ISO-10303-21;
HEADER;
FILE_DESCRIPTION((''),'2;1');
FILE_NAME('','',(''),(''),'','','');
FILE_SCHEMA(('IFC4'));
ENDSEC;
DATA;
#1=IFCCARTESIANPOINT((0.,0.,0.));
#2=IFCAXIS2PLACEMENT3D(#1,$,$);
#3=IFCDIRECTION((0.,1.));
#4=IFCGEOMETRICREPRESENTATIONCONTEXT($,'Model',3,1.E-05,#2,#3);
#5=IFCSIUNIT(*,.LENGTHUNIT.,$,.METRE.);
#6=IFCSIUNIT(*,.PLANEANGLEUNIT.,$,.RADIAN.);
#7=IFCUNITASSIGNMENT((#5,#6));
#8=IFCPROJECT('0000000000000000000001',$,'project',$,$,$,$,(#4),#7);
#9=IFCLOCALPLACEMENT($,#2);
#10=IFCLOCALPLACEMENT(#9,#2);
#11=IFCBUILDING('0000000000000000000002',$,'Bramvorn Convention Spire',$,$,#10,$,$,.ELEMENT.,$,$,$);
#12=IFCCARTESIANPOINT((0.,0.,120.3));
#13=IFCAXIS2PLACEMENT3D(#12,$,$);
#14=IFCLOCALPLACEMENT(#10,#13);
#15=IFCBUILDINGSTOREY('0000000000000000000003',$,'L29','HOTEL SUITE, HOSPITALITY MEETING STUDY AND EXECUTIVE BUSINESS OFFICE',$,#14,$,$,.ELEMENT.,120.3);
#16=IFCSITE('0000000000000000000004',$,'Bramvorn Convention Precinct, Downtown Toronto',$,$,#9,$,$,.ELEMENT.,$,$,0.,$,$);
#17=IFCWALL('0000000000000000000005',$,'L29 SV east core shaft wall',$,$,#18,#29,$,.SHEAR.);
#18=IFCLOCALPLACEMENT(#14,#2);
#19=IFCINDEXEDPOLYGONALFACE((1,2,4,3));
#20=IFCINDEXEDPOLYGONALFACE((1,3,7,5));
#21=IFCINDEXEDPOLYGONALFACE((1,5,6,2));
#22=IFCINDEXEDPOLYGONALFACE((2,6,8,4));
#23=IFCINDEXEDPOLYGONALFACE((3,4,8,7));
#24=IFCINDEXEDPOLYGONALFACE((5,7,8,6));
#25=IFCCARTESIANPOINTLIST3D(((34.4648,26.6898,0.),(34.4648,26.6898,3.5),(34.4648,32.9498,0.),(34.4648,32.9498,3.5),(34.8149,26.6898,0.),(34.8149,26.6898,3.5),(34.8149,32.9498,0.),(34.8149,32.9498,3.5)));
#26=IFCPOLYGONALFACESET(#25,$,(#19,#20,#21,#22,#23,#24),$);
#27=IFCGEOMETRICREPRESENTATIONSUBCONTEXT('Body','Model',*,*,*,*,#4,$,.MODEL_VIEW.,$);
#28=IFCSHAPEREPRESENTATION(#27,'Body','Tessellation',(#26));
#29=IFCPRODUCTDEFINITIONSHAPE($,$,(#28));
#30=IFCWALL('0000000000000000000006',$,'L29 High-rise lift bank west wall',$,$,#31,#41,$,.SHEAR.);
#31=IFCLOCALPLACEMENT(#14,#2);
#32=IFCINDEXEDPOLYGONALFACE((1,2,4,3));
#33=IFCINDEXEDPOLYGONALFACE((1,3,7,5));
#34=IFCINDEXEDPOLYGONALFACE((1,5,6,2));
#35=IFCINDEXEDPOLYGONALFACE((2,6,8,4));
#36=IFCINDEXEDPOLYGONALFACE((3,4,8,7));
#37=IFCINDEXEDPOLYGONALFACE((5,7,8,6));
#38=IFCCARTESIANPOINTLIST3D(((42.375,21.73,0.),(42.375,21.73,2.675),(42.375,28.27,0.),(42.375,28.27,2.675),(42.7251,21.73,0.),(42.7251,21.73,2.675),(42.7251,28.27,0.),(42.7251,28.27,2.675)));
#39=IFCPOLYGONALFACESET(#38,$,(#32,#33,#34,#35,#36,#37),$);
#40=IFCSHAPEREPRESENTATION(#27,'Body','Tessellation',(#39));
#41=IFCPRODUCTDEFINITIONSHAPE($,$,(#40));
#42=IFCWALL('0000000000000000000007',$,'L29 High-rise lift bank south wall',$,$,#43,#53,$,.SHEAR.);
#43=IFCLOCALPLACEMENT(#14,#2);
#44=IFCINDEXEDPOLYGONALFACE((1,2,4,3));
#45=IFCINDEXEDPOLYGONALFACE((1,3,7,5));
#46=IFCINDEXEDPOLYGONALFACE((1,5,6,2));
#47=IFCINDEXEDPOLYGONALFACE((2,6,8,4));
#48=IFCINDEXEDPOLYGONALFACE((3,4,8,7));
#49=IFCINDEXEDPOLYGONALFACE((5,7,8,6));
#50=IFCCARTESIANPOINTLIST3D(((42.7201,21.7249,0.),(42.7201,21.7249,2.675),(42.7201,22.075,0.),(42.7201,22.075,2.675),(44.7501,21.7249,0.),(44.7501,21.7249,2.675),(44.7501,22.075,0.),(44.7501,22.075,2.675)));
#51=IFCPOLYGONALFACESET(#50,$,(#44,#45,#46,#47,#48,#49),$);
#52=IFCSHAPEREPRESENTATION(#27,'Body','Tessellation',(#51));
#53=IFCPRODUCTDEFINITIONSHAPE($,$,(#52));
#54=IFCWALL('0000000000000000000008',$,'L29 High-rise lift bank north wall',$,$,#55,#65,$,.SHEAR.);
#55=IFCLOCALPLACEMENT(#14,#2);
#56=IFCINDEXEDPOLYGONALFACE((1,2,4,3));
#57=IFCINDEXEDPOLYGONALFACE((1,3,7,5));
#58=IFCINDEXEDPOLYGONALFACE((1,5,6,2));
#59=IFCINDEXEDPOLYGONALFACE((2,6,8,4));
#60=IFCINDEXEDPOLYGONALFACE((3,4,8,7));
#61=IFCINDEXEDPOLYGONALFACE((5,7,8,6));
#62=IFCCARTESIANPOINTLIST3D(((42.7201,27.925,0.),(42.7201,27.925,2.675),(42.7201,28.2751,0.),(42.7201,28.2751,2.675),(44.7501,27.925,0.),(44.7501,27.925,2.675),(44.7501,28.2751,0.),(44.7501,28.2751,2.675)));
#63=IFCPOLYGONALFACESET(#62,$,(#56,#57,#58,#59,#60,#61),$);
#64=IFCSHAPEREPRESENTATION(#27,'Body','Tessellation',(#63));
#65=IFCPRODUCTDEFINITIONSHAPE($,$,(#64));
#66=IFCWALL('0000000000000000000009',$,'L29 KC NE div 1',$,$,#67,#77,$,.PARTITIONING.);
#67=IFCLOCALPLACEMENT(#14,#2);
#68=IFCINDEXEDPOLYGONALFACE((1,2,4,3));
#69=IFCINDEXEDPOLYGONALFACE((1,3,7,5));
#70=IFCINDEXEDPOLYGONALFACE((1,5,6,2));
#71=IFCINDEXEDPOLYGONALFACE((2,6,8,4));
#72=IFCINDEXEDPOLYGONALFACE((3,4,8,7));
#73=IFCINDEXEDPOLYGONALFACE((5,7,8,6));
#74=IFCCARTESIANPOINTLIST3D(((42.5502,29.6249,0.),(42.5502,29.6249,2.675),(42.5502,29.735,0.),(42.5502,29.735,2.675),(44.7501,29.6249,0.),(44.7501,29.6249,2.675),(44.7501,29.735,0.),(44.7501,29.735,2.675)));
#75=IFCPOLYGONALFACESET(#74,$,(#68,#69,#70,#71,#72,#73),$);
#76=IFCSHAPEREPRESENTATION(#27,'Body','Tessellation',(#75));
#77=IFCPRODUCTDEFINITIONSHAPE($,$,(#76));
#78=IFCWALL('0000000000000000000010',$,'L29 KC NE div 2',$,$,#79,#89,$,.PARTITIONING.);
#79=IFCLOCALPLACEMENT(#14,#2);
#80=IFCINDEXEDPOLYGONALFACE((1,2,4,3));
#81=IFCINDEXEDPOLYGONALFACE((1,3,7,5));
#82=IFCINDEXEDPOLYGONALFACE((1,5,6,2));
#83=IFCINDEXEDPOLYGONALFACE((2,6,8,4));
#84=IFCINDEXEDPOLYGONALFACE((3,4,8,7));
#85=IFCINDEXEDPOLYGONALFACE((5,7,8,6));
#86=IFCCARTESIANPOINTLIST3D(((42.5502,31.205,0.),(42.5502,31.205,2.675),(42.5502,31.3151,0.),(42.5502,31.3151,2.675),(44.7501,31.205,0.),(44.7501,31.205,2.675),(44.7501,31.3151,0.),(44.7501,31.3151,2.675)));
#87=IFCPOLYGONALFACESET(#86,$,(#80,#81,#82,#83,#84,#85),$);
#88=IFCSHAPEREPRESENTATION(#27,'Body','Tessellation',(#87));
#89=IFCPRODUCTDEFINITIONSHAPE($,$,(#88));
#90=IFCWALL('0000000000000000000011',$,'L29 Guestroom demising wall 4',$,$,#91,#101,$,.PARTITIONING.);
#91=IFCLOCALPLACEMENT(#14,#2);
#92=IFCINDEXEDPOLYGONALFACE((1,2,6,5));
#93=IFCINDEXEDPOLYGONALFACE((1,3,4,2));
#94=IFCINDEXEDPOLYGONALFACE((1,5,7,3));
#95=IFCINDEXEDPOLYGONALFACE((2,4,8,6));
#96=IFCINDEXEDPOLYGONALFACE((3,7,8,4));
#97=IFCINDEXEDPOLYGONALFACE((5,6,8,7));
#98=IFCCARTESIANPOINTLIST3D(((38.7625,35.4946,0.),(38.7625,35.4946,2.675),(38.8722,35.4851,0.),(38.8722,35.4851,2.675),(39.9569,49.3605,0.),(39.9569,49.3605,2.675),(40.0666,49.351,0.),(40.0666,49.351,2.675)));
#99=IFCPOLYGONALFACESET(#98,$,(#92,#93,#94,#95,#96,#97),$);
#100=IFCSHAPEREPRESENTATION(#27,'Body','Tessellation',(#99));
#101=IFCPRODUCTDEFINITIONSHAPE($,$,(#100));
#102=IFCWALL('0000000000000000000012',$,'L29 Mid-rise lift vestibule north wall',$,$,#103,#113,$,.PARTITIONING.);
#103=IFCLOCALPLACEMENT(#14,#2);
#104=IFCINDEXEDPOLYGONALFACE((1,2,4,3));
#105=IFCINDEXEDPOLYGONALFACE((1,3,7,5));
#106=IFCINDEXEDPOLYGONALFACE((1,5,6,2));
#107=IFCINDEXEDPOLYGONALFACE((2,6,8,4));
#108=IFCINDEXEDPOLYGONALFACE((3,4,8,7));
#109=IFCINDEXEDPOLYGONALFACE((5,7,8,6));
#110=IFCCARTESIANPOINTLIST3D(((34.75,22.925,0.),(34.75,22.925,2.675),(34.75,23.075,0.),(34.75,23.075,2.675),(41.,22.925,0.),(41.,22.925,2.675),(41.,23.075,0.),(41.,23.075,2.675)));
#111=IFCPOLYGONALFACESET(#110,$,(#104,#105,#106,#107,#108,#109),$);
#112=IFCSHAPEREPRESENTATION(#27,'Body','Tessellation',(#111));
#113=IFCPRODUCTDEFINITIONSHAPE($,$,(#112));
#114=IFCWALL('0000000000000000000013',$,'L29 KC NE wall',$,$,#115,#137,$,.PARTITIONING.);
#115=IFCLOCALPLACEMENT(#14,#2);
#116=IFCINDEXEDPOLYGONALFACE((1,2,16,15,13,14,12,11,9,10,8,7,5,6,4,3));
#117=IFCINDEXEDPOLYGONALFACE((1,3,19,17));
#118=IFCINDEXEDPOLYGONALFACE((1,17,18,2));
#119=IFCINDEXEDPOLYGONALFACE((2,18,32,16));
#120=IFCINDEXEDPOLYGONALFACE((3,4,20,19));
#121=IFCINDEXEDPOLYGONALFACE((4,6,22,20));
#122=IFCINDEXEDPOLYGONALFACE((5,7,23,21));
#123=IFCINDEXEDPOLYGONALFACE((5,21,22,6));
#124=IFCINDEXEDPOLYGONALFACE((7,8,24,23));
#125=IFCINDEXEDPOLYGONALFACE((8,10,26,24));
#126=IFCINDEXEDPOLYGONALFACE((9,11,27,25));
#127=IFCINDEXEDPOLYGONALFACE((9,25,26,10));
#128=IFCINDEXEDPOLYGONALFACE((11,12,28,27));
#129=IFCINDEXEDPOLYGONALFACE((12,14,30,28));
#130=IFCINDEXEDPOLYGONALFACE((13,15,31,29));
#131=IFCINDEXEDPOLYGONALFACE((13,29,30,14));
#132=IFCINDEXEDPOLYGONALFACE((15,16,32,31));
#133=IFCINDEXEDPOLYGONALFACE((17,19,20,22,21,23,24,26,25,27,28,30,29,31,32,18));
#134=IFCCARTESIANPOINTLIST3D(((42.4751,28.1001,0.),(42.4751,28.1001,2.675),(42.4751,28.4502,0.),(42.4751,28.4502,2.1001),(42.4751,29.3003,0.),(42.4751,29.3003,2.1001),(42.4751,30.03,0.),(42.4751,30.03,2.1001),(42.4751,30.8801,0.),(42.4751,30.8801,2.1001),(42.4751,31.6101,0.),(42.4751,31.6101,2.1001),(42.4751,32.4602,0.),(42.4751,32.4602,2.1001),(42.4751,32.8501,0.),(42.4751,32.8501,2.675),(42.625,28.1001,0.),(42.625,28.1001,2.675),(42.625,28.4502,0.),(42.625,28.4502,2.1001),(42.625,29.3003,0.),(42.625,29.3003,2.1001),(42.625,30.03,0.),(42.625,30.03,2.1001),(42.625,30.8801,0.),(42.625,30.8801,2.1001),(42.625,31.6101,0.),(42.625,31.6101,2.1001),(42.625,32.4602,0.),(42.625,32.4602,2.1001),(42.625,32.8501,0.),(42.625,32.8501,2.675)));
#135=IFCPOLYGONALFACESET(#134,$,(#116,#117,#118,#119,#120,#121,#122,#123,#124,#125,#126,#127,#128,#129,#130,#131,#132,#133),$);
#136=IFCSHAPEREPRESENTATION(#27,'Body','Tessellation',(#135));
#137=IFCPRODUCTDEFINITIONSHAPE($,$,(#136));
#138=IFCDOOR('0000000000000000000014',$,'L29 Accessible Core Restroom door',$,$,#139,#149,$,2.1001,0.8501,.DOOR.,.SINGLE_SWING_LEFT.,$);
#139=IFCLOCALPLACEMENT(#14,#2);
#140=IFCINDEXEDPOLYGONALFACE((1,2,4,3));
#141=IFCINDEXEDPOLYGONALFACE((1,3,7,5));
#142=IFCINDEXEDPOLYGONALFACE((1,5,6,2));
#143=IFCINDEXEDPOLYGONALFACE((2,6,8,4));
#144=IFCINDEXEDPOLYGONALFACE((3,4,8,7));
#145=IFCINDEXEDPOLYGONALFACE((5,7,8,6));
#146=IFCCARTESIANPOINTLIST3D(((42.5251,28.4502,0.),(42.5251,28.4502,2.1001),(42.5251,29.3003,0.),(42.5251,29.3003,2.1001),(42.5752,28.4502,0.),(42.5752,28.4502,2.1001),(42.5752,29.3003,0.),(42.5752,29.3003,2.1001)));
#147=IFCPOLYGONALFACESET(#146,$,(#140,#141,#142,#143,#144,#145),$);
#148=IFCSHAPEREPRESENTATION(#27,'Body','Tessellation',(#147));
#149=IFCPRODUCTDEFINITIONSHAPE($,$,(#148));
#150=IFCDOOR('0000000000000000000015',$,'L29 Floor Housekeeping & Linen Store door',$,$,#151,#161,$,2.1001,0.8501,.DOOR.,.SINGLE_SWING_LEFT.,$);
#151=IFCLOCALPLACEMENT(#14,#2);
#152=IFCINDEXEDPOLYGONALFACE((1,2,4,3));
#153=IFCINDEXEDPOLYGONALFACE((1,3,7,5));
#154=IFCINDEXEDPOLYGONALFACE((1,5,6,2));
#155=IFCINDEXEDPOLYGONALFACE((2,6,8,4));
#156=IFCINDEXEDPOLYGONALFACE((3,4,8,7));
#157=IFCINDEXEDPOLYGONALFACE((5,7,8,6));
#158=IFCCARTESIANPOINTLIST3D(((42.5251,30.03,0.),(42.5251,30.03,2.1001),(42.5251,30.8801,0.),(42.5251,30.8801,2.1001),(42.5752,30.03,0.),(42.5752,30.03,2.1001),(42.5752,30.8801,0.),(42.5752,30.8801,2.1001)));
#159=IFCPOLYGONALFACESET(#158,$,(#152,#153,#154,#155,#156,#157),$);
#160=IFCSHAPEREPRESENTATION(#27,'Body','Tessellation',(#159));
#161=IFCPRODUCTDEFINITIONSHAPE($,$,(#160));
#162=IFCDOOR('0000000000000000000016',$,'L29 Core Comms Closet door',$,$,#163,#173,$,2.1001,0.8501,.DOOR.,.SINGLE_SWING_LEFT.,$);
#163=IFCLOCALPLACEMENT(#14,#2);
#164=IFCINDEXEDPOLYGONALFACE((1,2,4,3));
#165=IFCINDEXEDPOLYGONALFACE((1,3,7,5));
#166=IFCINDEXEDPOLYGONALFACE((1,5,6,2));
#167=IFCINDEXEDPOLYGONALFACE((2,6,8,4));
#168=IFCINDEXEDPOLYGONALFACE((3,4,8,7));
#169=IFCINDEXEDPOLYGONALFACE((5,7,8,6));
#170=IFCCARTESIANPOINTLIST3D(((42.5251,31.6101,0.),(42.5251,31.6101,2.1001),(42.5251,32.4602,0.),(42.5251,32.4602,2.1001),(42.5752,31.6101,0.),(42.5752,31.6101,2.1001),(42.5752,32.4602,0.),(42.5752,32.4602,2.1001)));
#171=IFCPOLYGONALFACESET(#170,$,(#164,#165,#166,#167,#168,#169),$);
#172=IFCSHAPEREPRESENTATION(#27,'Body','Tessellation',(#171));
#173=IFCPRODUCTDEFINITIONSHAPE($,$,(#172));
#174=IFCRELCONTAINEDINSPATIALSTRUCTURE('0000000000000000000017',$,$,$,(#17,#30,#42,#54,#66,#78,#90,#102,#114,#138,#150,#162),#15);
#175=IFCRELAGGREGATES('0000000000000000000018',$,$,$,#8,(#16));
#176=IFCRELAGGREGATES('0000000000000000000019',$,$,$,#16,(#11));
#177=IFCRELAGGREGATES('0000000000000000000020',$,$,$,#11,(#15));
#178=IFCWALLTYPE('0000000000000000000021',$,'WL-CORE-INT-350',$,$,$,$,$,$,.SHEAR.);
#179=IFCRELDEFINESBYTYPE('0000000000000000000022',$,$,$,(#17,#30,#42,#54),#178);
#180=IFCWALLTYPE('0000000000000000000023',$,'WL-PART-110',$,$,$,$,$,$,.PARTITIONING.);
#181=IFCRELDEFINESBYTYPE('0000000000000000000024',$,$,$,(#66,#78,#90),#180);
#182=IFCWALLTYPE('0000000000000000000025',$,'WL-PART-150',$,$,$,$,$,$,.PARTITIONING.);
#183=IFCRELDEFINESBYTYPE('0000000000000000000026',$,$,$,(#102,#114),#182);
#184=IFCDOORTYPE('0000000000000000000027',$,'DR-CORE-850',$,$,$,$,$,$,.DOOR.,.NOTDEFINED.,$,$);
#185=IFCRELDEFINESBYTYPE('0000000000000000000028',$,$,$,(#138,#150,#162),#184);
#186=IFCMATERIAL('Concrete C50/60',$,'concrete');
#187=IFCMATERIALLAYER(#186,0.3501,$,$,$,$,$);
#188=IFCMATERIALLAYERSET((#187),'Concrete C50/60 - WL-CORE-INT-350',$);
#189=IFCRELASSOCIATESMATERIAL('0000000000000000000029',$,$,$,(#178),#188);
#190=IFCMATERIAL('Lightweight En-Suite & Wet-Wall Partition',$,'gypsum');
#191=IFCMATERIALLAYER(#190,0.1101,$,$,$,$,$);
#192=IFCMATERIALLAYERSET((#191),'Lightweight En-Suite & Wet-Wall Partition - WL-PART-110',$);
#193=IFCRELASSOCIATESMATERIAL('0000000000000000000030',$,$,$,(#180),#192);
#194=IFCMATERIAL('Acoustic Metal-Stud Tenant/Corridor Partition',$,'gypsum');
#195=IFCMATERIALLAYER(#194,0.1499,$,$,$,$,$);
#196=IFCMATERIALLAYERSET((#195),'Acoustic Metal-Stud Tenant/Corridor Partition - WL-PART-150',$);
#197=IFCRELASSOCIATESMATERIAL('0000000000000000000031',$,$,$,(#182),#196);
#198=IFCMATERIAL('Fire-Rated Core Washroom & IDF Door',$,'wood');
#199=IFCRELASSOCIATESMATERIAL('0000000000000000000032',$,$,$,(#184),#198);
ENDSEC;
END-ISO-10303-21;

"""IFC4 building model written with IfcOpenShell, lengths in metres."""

from ifc_helpers import new_model, si_unit, direction, frame, frame_2d, origin, place, context, subcontext, project, spatial, rectangle, extrude, material, layer, layer_set, type_object, element, fill, save


model = new_model("IFC4")

# Units and contexts
model_context = context("Model", 3, precision=1e-05, world=origin(), true_north=direction((0.0, 1.0)))
body_context = subcontext(model_context, "Body", "Model", "MODEL_VIEW")
ifc_project = project(units=[si_unit("LENGTHUNIT", "METRE"), si_unit("PLANEANGLEUNIT", "RADIAN")], contexts=[model_context])

# Site, building, storey
site_placement = place(None, origin())
site = spatial("IfcSite", under=ifc_project, at=site_placement, Name="Bramvorn Convention Precinct, Downtown Toronto", CompositionType="ELEMENT", RefElevation=0.0)
building_placement = place(site_placement, origin())
building = spatial("IfcBuilding", under=site, at=building_placement, Name="Bramvorn Convention Spire", CompositionType="ELEMENT")
storey_placement = place(building_placement, frame((0.0, 0.0, 120.3)))
storey = spatial("IfcBuildingStorey", under=building, at=storey_placement, Name="L29", Description="HOTEL SUITE, HOSPITALITY MEETING STUDY AND EXECUTIVE BUSINESS OFFICE", CompositionType="ELEMENT", Elevation=120.3)

# Shared definitions
ifc_material_1 = material(Name="Concrete C50/60", Category="concrete")
ifc_layer_1 = layer(ifc_material_1, 0.3501)
ifc_layer_set_1 = layer_set([ifc_layer_1], Name="Concrete C50/60 - WL-CORE-INT-350")
wall_type_1 = type_object("IfcWallType", Name="WL-CORE-INT-350", PredefinedType="SHEAR", material=ifc_layer_set_1)

# Walls
wall_1_placement = place(storey_placement, frame((34.6399, 26.6899, 0.0), z_axis=(0.0, 0.0, 1.0), x_axis=(0.0, 1.0, 0.0)))
element("IfcWall", 1, at=wall_1_placement, inside=storey, type_object=wall_type_1, Name="L29 SV east core shaft wall", PredefinedType="SHEAR", context=body_context, shape_type="SweptSolid", body=[
    extrude(rectangle(XDim=6.26, YDim=0.3501, at=frame_2d((3.1299, 0.0))), origin(), (0.0, 0.0, 1.0), 3.5),
])
wall_2_placement = place(storey_placement, frame((42.55, 21.73, 0.0), z_axis=(0.0, 0.0, 1.0), x_axis=(0.0, 1.0, 0.0)))
element("IfcWall", 2, at=wall_2_placement, inside=storey, type_object=wall_type_1, Name="L29 High-rise lift bank west wall", PredefinedType="SHEAR", context=body_context, shape_type="SweptSolid", body=[
    extrude(rectangle(XDim=6.54, YDim=0.3501, at=frame_2d((3.27, 0.0))), origin(), (0.0, 0.0, 1.0), 2.675),
])
for number, where, z_axis, x_axis, name in (
    (3, (42.72, 21.8999, 0.0), (0.0, 0.0, 1.0), (1.0, 0.0, 0.0), "L29 High-rise lift bank south wall"),
    (4, (42.72, 28.1001, 0.0), (0.0, 0.0, 1.0), (1.0, 0.0, 0.0), "L29 High-rise lift bank north wall"),
):
    element("IfcWall", number, at=place(storey_placement, frame(where, z_axis=z_axis, x_axis=x_axis)), inside=storey, type_object=wall_type_1, Name=name, PredefinedType="SHEAR", context=body_context, shape_type="SweptSolid", body=[
        extrude(rectangle(XDim=2.03, YDim=0.3501, at=frame_2d((1.0151, 0.0))), origin(), (0.0, 0.0, 1.0), 2.675),
    ])
ifc_material_2 = material(Name="Lightweight En-Suite & Wet-Wall Partition", Category="gypsum")
ifc_layer_2 = layer(ifc_material_2, 0.1101)
ifc_layer_set_2 = layer_set([ifc_layer_2], Name="Lightweight En-Suite & Wet-Wall Partition - WL-PART-110")
wall_type_2 = type_object("IfcWallType", Name="WL-PART-110", PredefinedType="PARTITIONING", material=ifc_layer_set_2)
for number, where, z_axis, x_axis, name in (
    (5, (42.55, 29.6799, 0.0), (0.0, 0.0, 1.0), (1.0, 0.0, 0.0), "L29 KC NE div 1"),
    (6, (42.55, 31.26, 0.0), (0.0, 0.0, 1.0), (1.0, 0.0, 0.0), "L29 KC NE div 2"),
):
    element("IfcWall", number, at=place(storey_placement, frame(where, z_axis=z_axis, x_axis=x_axis)), inside=storey, type_object=wall_type_2, Name=name, PredefinedType="PARTITIONING", context=body_context, shape_type="SweptSolid", body=[
        extrude(rectangle(XDim=2.2, YDim=0.1101, at=frame_2d((1.1001, 0.0))), origin(), (0.0, 0.0, 1.0), 2.675),
    ])
wall_3_placement = place(storey_placement, frame((38.8174, 35.49, 0.0), z_axis=(0.0, 0.0, 1.0), x_axis=(0.085817, 0.996311, 0.0)))
element("IfcWall", 7, at=wall_3_placement, inside=storey, type_object=wall_type_2, Name="L29 Guestroom demising wall 4", PredefinedType="PARTITIONING", context=body_context, shape_type="SweptSolid", body=[
    extrude(rectangle(XDim=13.9172, YDim=0.1101, at=frame_2d((6.9585, 0.0))), origin(), (0.0, 0.0, 1.0), 2.675),
])
ifc_material_3 = material(Name="Acoustic Metal-Stud Tenant/Corridor Partition", Category="gypsum")
ifc_layer_3 = layer(ifc_material_3, 0.1499)
ifc_layer_set_3 = layer_set([ifc_layer_3], Name="Acoustic Metal-Stud Tenant/Corridor Partition - WL-PART-150")
wall_type_3 = type_object("IfcWallType", Name="WL-PART-150", PredefinedType="PARTITIONING", material=ifc_layer_set_3)
wall_4_placement = place(storey_placement, frame((34.75, 23.0, 0.0), z_axis=(0.0, 0.0, 1.0), x_axis=(1.0, 0.0, 0.0)))
element("IfcWall", 8, at=wall_4_placement, inside=storey, type_object=wall_type_3, Name="L29 Mid-rise lift vestibule north wall", PredefinedType="PARTITIONING", context=body_context, shape_type="SweptSolid", body=[
    extrude(rectangle(XDim=6.25, YDim=0.1499, at=frame_2d((3.125, 0.0))), origin(), (0.0, 0.0, 1.0), 2.675),
])

# Wall, openings, doors
wall_5_placement = place(storey_placement, frame((42.55, 28.1001, 0.0), z_axis=(0.0, 0.0, 1.0), x_axis=(0.0, 1.0, 0.0)))
wall_5 = element("IfcWall", 9, at=wall_5_placement, inside=storey, type_object=wall_type_3, Name="L29 KC NE wall", PredefinedType="PARTITIONING", context=body_context, shape_type="SweptSolid", body=[
    extrude(rectangle(XDim=4.75, YDim=0.1499, at=frame_2d((2.375, 0.0))), origin(), (0.0, 0.0, 1.0), 2.675),
])
opening_1_placement = place(wall_5_placement, frame((0.3501, 0.0, 0.0)))
opening_1 = element("IfcOpeningElement", 10, at=opening_1_placement, cuts=wall_5, PredefinedType="OPENING", context=body_context, shape_type="SweptSolid", body=[
    extrude(rectangle(XDim=0.8501, YDim=2.1001, at=frame_2d((0.425, 1.05))), frame((0.0, 0.085, 0.0), z_axis=(0.0, -1.0, 0.0), x_axis=(1.0, 0.0, 0.0)), (0.0, 0.0, 1.0), 0.1699),
])
opening_2_placement = place(wall_5_placement, frame((1.9299, 0.0, 0.0)))
opening_2 = element("IfcOpeningElement", 11, at=opening_2_placement, cuts=wall_5, PredefinedType="OPENING", context=body_context, shape_type="SweptSolid", body=[
    extrude(rectangle(XDim=0.8501, YDim=2.1001, at=frame_2d((0.425, 1.05))), frame((0.0, 0.085, 0.0), z_axis=(0.0, -1.0, 0.0), x_axis=(1.0, 0.0, 0.0)), (0.0, 0.0, 1.0), 0.1699),
])
opening_3_placement = place(wall_5_placement, frame((3.51, 0.0, 0.0)))
opening_3 = element("IfcOpeningElement", 12, at=opening_3_placement, cuts=wall_5, PredefinedType="OPENING", context=body_context, shape_type="SweptSolid", body=[
    extrude(rectangle(XDim=0.8501, YDim=2.1001, at=frame_2d((0.425, 1.05))), frame((0.0, 0.085, 0.0), z_axis=(0.0, -1.0, 0.0), x_axis=(1.0, 0.0, 0.0)), (0.0, 0.0, 1.0), 0.1699),
])
ifc_material_4 = material(Name="Fire-Rated Core Washroom & IDF Door", Category="wood")
door_type_1 = type_object("IfcDoorType", Name="DR-CORE-850", OperationType="NOTDEFINED", PredefinedType="DOOR", material=ifc_material_4)
door_1_placement = place(opening_1_placement, origin())
door_1 = element("IfcDoor", 13, at=door_1_placement, inside=storey, type_object=door_type_1, Name="L29 Accessible Core Restroom door", OperationType="SINGLE_SWING_LEFT", OverallHeight=2.1001, OverallWidth=0.8501, PredefinedType="DOOR", context=body_context, shape_type="SweptSolid", body=[
    extrude(rectangle(XDim=0.8501, YDim=2.1001, at=frame_2d((0.425, 1.05))), frame((0.0, 0.0249, 0.0), z_axis=(0.0, -1.0, 0.0), x_axis=(1.0, 0.0, 0.0)), (0.0, 0.0, 1.0), 0.05),
])
fill(opening_1, door_1)
door_2_placement = place(opening_2_placement, origin())
door_2 = element("IfcDoor", 14, at=door_2_placement, inside=storey, type_object=door_type_1, Name="L29 Floor Housekeeping & Linen Store door", OperationType="SINGLE_SWING_LEFT", OverallHeight=2.1001, OverallWidth=0.8501, PredefinedType="DOOR", context=body_context, shape_type="SweptSolid", body=[
    extrude(rectangle(XDim=0.8501, YDim=2.1001, at=frame_2d((0.425, 1.05))), frame((0.0, 0.0249, 0.0), z_axis=(0.0, -1.0, 0.0), x_axis=(1.0, 0.0, 0.0)), (0.0, 0.0, 1.0), 0.05),
])
fill(opening_2, door_2)
door_3_placement = place(opening_3_placement, origin())
door_3 = element("IfcDoor", 15, at=door_3_placement, inside=storey, type_object=door_type_1, Name="L29 Core Comms Closet door", OperationType="SINGLE_SWING_LEFT", OverallHeight=2.1001, OverallWidth=0.8501, PredefinedType="DOOR", context=body_context, shape_type="SweptSolid", body=[
    extrude(rectangle(XDim=0.8501, YDim=2.1001, at=frame_2d((0.425, 1.05))), frame((0.0, 0.0249, 0.0), z_axis=(0.0, -1.0, 0.0), x_axis=(1.0, 0.0, 0.0)), (0.0, 0.0, 1.0), 0.05),
])
fill(opening_3, door_3)

save(model, "model.ifc")
